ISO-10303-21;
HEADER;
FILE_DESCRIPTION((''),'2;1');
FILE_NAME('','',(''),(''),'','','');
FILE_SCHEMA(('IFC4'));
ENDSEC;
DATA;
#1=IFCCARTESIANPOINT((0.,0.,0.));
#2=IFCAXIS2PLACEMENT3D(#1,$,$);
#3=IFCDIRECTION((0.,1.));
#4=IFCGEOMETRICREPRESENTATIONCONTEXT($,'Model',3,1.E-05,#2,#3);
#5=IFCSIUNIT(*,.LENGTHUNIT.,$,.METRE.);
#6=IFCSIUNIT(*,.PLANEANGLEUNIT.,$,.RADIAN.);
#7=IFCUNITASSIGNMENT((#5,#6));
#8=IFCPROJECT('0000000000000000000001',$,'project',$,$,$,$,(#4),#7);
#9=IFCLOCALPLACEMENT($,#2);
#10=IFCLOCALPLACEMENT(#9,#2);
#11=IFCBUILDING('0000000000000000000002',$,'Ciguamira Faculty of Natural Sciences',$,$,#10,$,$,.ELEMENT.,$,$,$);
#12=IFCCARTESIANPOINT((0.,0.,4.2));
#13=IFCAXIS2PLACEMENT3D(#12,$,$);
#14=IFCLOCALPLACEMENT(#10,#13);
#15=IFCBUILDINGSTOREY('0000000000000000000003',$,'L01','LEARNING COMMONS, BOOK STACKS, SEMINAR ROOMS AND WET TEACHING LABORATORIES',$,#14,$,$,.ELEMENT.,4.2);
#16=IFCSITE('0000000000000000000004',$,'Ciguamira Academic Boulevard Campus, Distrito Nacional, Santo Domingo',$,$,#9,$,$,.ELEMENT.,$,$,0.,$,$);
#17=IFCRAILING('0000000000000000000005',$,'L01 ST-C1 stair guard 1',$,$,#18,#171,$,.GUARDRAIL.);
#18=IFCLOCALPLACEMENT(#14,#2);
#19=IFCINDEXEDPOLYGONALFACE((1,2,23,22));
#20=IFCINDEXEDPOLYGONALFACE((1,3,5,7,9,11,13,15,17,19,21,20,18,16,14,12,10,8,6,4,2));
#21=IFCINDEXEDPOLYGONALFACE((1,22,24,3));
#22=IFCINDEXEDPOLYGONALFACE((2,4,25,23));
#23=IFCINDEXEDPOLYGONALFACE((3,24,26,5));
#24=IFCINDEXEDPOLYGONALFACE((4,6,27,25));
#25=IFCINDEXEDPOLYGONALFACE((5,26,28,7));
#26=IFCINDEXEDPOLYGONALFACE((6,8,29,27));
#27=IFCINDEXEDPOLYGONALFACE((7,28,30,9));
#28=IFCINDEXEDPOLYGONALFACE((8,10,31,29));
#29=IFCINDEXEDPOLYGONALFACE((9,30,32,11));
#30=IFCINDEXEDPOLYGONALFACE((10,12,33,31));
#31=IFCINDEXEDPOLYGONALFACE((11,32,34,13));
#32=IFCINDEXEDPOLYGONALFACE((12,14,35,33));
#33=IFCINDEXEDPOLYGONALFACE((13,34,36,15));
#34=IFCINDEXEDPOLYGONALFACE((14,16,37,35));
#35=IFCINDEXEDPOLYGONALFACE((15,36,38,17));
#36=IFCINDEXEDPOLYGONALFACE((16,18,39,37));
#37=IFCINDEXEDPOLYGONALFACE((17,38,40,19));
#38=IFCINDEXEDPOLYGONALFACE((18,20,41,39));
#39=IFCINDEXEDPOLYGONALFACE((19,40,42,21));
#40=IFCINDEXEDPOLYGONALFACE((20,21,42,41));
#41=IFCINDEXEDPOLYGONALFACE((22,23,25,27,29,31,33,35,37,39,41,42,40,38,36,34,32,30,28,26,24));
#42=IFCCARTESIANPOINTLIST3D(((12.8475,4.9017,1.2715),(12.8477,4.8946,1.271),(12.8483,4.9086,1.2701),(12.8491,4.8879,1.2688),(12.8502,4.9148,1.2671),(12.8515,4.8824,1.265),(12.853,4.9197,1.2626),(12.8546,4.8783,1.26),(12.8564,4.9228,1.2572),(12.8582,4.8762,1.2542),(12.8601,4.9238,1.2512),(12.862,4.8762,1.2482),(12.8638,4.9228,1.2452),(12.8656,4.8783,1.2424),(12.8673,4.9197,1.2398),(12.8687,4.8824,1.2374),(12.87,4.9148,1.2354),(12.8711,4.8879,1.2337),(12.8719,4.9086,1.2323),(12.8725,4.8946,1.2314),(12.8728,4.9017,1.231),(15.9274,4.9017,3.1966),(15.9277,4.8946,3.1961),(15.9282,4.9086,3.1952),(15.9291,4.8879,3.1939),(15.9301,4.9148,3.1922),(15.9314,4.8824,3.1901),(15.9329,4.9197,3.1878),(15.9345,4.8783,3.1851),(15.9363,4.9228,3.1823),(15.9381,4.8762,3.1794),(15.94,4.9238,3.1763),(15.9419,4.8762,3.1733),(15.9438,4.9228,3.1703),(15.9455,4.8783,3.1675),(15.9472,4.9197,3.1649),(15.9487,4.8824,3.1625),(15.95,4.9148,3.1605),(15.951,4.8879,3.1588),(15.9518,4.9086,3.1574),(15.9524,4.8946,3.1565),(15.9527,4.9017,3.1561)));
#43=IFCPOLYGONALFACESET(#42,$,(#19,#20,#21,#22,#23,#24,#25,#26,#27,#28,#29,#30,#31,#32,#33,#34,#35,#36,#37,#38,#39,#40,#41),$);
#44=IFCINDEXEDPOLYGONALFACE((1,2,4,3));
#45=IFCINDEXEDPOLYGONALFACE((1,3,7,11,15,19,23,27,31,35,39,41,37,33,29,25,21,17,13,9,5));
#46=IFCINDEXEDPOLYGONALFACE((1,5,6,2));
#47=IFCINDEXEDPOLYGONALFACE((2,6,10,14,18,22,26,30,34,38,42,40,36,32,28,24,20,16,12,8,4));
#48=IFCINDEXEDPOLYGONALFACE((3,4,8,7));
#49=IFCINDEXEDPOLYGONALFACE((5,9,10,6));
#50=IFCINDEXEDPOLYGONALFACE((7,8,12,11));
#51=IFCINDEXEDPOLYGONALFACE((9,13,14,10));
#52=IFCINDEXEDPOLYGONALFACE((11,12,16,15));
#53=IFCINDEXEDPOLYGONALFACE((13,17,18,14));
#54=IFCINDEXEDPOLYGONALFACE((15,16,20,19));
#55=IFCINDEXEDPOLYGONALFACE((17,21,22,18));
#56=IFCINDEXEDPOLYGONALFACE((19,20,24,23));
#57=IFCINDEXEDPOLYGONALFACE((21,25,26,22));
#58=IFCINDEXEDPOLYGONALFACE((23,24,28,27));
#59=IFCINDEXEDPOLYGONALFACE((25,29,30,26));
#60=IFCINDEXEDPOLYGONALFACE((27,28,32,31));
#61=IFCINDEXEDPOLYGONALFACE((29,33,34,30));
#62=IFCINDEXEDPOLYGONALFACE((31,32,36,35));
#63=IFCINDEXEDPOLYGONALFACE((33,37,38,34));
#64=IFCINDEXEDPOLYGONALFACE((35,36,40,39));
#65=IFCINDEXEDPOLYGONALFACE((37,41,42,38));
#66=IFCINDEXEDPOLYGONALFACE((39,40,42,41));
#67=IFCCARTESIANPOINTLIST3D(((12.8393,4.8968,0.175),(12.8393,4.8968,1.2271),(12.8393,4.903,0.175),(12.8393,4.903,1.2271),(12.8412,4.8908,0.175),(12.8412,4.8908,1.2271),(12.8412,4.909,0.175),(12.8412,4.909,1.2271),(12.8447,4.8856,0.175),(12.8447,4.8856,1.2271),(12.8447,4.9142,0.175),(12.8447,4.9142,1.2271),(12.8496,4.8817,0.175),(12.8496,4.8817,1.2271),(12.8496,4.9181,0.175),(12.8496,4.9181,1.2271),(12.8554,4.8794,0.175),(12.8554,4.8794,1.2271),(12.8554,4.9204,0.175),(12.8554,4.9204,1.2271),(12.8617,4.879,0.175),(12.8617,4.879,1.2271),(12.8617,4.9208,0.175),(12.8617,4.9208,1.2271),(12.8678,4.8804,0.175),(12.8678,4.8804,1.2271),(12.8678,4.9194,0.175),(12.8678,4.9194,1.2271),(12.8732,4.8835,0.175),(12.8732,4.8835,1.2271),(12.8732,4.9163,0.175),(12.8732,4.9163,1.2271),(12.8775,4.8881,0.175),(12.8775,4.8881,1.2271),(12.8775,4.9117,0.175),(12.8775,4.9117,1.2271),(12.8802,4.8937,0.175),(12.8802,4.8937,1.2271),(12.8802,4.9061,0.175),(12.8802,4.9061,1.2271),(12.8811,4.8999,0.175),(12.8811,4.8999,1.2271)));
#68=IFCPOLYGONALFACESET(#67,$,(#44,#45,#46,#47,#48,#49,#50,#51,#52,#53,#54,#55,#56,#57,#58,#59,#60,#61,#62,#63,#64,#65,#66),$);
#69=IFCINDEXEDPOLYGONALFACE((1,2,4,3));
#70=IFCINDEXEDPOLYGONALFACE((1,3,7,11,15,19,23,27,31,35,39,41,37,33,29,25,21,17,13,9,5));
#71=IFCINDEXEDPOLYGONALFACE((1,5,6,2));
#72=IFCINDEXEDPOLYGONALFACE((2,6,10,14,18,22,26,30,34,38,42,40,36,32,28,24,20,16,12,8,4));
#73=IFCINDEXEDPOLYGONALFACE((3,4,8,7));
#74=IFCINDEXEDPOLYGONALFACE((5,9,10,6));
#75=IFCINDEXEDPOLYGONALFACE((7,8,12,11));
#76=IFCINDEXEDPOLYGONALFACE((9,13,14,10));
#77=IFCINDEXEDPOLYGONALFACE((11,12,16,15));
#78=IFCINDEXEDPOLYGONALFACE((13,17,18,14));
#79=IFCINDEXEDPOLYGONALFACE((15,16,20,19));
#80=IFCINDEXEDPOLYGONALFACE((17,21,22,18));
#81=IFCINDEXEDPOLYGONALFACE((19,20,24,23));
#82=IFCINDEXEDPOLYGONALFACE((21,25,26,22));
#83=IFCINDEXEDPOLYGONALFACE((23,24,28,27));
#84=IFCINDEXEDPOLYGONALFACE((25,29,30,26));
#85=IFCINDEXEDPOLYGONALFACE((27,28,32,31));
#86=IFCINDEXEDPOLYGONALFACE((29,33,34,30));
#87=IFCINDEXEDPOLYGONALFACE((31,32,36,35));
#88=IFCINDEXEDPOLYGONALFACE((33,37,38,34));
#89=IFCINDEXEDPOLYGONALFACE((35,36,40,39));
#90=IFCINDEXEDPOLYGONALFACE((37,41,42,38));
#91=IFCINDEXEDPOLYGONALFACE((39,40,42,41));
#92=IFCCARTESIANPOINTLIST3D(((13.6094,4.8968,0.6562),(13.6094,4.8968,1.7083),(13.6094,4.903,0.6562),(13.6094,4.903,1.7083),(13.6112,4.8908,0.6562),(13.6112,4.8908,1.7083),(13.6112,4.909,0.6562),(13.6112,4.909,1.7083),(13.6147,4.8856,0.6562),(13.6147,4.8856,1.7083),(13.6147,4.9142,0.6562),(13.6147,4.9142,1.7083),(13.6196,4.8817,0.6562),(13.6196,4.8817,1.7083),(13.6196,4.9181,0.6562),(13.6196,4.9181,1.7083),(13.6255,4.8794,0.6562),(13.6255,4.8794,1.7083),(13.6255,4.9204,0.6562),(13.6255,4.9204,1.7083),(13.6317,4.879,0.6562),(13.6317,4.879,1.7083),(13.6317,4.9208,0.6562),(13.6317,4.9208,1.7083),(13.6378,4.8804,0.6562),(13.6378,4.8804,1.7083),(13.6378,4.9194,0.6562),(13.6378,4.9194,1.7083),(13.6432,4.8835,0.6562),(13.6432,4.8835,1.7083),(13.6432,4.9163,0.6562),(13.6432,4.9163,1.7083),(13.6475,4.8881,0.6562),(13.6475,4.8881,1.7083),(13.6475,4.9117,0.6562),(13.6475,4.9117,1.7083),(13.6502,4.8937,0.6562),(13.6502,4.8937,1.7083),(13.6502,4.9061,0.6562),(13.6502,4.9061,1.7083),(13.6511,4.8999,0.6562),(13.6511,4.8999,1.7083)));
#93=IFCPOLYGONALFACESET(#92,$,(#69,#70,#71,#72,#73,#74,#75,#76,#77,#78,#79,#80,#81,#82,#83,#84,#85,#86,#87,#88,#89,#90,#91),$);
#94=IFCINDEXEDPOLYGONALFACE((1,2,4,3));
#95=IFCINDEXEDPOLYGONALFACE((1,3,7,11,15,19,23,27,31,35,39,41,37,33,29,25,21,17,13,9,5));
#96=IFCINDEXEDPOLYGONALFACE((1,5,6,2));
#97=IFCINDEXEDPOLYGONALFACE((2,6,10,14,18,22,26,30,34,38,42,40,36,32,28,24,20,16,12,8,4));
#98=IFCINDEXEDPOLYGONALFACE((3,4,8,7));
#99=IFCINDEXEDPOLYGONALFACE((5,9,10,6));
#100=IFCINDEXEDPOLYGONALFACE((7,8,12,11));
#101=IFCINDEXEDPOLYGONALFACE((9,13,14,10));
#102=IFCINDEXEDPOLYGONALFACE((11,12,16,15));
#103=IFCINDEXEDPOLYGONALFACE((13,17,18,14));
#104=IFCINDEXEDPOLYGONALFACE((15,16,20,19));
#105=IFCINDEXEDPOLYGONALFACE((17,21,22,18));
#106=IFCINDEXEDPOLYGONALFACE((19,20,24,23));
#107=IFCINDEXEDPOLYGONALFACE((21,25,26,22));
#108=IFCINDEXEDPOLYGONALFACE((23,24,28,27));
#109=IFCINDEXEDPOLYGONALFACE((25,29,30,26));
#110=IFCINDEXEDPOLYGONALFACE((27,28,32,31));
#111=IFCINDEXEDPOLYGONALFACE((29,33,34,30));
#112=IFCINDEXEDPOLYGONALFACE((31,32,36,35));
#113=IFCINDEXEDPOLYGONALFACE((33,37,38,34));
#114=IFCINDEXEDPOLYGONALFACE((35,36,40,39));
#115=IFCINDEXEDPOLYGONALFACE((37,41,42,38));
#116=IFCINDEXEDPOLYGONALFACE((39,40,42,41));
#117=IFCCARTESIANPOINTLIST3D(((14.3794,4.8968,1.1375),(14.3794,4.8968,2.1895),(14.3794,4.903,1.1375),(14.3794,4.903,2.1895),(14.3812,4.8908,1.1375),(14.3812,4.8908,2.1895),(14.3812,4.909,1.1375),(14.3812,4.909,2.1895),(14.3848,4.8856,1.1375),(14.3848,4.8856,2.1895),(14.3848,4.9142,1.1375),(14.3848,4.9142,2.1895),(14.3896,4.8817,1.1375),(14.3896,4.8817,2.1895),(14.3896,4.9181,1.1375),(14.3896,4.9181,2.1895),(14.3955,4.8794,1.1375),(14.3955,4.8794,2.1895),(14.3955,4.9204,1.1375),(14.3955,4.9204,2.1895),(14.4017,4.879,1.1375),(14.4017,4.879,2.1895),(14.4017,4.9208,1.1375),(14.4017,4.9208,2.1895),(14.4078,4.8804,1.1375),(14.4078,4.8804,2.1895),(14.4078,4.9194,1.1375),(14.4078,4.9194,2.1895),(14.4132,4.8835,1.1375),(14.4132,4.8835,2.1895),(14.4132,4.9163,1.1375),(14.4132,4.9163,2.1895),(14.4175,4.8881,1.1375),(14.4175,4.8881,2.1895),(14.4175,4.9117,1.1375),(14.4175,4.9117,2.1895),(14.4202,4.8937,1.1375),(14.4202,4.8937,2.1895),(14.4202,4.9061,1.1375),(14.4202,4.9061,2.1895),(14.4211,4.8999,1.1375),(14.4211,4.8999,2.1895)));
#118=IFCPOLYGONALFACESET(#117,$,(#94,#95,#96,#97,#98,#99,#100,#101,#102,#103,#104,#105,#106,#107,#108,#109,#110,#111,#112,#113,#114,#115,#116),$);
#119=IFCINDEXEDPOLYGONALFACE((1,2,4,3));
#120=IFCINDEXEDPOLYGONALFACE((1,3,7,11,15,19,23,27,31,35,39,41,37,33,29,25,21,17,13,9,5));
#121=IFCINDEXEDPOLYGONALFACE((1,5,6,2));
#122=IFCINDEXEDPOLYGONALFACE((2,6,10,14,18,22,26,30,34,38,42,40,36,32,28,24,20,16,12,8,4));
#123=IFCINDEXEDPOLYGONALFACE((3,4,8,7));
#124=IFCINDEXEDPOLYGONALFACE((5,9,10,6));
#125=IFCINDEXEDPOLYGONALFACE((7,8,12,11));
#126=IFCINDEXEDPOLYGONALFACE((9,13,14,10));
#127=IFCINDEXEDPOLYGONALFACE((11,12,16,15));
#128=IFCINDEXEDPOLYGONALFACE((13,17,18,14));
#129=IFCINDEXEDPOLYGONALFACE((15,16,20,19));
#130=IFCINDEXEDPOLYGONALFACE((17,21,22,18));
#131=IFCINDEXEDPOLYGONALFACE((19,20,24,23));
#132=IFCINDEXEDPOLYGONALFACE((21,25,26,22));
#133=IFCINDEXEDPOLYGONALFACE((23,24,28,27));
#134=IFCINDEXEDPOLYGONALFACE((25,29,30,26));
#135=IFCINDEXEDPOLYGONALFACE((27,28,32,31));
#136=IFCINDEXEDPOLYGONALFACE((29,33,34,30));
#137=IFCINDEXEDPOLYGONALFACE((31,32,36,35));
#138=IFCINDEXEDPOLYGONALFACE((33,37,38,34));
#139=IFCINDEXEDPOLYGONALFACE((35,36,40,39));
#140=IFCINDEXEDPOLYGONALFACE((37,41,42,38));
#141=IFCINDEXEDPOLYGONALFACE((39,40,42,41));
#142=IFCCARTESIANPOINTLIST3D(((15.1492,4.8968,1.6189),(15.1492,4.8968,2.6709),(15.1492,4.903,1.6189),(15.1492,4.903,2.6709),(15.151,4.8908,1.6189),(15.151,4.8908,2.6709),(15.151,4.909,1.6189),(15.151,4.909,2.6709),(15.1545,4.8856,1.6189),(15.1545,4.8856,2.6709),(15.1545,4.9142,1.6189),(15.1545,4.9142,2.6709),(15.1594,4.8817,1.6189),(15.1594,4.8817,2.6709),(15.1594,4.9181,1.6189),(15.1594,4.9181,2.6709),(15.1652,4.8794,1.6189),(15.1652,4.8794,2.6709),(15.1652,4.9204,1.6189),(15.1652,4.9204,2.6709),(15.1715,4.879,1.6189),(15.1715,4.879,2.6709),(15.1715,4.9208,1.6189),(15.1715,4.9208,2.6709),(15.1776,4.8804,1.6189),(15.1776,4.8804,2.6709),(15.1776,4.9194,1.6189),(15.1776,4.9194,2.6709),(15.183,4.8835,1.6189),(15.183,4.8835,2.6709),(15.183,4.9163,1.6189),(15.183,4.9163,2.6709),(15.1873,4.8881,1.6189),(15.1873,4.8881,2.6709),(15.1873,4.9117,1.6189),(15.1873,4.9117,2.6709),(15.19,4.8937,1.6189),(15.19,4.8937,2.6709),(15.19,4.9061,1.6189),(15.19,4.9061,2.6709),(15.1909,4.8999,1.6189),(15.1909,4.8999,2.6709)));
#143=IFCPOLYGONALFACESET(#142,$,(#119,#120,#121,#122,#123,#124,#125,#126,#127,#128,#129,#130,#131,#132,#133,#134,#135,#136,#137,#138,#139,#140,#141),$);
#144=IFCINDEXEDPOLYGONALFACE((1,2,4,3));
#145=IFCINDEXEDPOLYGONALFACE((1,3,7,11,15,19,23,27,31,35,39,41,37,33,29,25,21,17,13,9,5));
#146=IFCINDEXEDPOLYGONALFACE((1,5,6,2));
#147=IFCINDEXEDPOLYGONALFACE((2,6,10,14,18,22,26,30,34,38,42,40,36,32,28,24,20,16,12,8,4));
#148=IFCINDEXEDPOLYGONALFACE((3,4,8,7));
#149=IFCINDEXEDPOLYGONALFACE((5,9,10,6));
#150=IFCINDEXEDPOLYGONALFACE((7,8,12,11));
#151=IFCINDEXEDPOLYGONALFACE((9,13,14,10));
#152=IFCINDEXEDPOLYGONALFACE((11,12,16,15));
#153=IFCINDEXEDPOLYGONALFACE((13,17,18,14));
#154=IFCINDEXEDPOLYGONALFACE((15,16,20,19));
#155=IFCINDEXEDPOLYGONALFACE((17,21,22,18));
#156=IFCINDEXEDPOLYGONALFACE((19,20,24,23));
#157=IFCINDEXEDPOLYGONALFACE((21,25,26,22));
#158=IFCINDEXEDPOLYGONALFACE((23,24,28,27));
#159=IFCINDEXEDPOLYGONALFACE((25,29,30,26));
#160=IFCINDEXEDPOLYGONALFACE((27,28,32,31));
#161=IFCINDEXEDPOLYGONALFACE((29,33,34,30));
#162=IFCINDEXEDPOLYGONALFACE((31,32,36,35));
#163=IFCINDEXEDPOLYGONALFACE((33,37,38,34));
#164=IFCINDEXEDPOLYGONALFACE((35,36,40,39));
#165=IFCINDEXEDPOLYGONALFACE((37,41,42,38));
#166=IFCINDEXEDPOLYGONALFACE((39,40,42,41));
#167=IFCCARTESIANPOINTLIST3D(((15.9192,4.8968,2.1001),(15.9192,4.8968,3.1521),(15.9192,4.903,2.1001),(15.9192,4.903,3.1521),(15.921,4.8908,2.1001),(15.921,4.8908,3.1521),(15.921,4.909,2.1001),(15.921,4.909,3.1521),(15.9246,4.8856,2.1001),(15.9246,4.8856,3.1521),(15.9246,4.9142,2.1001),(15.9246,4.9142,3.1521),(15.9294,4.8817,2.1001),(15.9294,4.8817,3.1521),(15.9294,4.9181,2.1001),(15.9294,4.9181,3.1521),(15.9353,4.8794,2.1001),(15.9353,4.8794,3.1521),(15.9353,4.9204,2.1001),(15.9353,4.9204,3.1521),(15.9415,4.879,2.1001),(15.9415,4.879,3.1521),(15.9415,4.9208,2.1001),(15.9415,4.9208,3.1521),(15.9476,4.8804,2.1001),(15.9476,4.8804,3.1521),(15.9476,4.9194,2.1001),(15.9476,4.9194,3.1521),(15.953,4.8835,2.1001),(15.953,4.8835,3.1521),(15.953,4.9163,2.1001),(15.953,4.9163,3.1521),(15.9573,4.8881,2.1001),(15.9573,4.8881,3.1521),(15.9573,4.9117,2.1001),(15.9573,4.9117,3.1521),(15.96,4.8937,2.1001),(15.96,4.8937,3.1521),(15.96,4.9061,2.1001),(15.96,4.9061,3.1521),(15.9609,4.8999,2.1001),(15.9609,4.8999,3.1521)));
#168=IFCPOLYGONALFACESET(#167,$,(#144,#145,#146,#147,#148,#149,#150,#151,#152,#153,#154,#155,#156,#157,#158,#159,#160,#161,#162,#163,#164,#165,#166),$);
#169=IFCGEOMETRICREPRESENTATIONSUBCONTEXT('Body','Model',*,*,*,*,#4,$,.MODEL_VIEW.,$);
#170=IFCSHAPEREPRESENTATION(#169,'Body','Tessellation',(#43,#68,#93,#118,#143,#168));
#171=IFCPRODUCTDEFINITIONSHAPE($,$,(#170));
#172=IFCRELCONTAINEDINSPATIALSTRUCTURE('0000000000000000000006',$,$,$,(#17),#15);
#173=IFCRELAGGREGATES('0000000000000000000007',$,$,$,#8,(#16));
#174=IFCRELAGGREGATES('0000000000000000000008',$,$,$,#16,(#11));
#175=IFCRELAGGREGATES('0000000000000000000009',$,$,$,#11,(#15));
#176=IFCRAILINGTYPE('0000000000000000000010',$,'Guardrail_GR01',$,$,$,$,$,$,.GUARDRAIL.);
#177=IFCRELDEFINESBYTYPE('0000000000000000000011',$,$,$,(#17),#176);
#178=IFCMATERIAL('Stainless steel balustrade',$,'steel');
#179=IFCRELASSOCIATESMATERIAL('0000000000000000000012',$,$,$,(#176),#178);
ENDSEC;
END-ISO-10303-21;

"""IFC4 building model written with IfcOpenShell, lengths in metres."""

from ifc_helpers import new_model, si_unit, direction, frame, origin, origin_2d, place, context, subcontext, project, spatial, circle, extrude, material, type_object, element, save


model = new_model("IFC4")

# Units and contexts
model_context = context("Model", 3, precision=1e-05, world=origin(), true_north=direction((0.0, 1.0)))
body_context = subcontext(model_context, "Body", "Model", "MODEL_VIEW")
ifc_project = project(units=[si_unit("LENGTHUNIT", "METRE"), si_unit("PLANEANGLEUNIT", "RADIAN")], contexts=[model_context])

# Site, building, storey
site_placement = place(None, origin())
site = spatial("IfcSite", under=ifc_project, at=site_placement, Name="Ciguamira Academic Boulevard Campus, Distrito Nacional, Santo Domingo", CompositionType="ELEMENT", RefElevation=0.0)
building_placement = place(site_placement, origin())
building = spatial("IfcBuilding", under=site, at=building_placement, Name="Ciguamira Faculty of Natural Sciences", CompositionType="ELEMENT")
storey_placement = place(building_placement, frame((0.0, 0.0, 4.2)))
storey = spatial("IfcBuildingStorey", under=building, at=storey_placement, Name="L01", Description="LEARNING COMMONS, BOOK STACKS, SEMINAR ROOMS AND WET TEACHING LABORATORIES", CompositionType="ELEMENT", Elevation=4.2)

# Railing
ifc_material_1 = material(Name="Stainless steel balustrade", Category="steel")
railing_type_1 = type_object("IfcRailingType", Name="Guardrail_GR01", PredefinedType="GUARDRAIL", material=ifc_material_1)
railing_1_placement = place(storey_placement, frame((12.8601, 4.8999, 0.175)))
element("IfcRailing", 1, at=railing_1_placement, inside=storey, type_object=railing_type_1, Name="L01 ST-C1 stair guard 1", PredefinedType="GUARDRAIL", context=body_context, shape_type="SweptSolid", body=[
    extrude(circle(Radius=0.0239, at=origin_2d()), frame((0.0, 0.0, 1.0762), z_axis=(0.847979, 0.0, 0.530029), x_axis=(0.0, 1.0, 0.0)), (0.0, 0.0, 1.0), 3.6321),
    extrude(circle(Radius=0.021, at=origin_2d()), origin(), (0.0, 0.0, 1.0), 1.052),
    extrude(circle(Radius=0.021, at=origin_2d()), frame((0.77, 0.0, 0.4812)), (0.0, 0.0, 1.0), 1.052),
    extrude(circle(Radius=0.021, at=origin_2d()), frame((1.54, 0.0, 0.9624)), (0.0, 0.0, 1.0), 1.052),
    extrude(circle(Radius=0.021, at=origin_2d()), frame((2.3098, 0.0, 1.4438)), (0.0, 0.0, 1.0), 1.052),
    extrude(circle(Radius=0.021, at=origin_2d()), frame((3.0798, 0.0, 1.925)), (0.0, 0.0, 1.0), 1.052),
])

save(model, "model.ifc")
